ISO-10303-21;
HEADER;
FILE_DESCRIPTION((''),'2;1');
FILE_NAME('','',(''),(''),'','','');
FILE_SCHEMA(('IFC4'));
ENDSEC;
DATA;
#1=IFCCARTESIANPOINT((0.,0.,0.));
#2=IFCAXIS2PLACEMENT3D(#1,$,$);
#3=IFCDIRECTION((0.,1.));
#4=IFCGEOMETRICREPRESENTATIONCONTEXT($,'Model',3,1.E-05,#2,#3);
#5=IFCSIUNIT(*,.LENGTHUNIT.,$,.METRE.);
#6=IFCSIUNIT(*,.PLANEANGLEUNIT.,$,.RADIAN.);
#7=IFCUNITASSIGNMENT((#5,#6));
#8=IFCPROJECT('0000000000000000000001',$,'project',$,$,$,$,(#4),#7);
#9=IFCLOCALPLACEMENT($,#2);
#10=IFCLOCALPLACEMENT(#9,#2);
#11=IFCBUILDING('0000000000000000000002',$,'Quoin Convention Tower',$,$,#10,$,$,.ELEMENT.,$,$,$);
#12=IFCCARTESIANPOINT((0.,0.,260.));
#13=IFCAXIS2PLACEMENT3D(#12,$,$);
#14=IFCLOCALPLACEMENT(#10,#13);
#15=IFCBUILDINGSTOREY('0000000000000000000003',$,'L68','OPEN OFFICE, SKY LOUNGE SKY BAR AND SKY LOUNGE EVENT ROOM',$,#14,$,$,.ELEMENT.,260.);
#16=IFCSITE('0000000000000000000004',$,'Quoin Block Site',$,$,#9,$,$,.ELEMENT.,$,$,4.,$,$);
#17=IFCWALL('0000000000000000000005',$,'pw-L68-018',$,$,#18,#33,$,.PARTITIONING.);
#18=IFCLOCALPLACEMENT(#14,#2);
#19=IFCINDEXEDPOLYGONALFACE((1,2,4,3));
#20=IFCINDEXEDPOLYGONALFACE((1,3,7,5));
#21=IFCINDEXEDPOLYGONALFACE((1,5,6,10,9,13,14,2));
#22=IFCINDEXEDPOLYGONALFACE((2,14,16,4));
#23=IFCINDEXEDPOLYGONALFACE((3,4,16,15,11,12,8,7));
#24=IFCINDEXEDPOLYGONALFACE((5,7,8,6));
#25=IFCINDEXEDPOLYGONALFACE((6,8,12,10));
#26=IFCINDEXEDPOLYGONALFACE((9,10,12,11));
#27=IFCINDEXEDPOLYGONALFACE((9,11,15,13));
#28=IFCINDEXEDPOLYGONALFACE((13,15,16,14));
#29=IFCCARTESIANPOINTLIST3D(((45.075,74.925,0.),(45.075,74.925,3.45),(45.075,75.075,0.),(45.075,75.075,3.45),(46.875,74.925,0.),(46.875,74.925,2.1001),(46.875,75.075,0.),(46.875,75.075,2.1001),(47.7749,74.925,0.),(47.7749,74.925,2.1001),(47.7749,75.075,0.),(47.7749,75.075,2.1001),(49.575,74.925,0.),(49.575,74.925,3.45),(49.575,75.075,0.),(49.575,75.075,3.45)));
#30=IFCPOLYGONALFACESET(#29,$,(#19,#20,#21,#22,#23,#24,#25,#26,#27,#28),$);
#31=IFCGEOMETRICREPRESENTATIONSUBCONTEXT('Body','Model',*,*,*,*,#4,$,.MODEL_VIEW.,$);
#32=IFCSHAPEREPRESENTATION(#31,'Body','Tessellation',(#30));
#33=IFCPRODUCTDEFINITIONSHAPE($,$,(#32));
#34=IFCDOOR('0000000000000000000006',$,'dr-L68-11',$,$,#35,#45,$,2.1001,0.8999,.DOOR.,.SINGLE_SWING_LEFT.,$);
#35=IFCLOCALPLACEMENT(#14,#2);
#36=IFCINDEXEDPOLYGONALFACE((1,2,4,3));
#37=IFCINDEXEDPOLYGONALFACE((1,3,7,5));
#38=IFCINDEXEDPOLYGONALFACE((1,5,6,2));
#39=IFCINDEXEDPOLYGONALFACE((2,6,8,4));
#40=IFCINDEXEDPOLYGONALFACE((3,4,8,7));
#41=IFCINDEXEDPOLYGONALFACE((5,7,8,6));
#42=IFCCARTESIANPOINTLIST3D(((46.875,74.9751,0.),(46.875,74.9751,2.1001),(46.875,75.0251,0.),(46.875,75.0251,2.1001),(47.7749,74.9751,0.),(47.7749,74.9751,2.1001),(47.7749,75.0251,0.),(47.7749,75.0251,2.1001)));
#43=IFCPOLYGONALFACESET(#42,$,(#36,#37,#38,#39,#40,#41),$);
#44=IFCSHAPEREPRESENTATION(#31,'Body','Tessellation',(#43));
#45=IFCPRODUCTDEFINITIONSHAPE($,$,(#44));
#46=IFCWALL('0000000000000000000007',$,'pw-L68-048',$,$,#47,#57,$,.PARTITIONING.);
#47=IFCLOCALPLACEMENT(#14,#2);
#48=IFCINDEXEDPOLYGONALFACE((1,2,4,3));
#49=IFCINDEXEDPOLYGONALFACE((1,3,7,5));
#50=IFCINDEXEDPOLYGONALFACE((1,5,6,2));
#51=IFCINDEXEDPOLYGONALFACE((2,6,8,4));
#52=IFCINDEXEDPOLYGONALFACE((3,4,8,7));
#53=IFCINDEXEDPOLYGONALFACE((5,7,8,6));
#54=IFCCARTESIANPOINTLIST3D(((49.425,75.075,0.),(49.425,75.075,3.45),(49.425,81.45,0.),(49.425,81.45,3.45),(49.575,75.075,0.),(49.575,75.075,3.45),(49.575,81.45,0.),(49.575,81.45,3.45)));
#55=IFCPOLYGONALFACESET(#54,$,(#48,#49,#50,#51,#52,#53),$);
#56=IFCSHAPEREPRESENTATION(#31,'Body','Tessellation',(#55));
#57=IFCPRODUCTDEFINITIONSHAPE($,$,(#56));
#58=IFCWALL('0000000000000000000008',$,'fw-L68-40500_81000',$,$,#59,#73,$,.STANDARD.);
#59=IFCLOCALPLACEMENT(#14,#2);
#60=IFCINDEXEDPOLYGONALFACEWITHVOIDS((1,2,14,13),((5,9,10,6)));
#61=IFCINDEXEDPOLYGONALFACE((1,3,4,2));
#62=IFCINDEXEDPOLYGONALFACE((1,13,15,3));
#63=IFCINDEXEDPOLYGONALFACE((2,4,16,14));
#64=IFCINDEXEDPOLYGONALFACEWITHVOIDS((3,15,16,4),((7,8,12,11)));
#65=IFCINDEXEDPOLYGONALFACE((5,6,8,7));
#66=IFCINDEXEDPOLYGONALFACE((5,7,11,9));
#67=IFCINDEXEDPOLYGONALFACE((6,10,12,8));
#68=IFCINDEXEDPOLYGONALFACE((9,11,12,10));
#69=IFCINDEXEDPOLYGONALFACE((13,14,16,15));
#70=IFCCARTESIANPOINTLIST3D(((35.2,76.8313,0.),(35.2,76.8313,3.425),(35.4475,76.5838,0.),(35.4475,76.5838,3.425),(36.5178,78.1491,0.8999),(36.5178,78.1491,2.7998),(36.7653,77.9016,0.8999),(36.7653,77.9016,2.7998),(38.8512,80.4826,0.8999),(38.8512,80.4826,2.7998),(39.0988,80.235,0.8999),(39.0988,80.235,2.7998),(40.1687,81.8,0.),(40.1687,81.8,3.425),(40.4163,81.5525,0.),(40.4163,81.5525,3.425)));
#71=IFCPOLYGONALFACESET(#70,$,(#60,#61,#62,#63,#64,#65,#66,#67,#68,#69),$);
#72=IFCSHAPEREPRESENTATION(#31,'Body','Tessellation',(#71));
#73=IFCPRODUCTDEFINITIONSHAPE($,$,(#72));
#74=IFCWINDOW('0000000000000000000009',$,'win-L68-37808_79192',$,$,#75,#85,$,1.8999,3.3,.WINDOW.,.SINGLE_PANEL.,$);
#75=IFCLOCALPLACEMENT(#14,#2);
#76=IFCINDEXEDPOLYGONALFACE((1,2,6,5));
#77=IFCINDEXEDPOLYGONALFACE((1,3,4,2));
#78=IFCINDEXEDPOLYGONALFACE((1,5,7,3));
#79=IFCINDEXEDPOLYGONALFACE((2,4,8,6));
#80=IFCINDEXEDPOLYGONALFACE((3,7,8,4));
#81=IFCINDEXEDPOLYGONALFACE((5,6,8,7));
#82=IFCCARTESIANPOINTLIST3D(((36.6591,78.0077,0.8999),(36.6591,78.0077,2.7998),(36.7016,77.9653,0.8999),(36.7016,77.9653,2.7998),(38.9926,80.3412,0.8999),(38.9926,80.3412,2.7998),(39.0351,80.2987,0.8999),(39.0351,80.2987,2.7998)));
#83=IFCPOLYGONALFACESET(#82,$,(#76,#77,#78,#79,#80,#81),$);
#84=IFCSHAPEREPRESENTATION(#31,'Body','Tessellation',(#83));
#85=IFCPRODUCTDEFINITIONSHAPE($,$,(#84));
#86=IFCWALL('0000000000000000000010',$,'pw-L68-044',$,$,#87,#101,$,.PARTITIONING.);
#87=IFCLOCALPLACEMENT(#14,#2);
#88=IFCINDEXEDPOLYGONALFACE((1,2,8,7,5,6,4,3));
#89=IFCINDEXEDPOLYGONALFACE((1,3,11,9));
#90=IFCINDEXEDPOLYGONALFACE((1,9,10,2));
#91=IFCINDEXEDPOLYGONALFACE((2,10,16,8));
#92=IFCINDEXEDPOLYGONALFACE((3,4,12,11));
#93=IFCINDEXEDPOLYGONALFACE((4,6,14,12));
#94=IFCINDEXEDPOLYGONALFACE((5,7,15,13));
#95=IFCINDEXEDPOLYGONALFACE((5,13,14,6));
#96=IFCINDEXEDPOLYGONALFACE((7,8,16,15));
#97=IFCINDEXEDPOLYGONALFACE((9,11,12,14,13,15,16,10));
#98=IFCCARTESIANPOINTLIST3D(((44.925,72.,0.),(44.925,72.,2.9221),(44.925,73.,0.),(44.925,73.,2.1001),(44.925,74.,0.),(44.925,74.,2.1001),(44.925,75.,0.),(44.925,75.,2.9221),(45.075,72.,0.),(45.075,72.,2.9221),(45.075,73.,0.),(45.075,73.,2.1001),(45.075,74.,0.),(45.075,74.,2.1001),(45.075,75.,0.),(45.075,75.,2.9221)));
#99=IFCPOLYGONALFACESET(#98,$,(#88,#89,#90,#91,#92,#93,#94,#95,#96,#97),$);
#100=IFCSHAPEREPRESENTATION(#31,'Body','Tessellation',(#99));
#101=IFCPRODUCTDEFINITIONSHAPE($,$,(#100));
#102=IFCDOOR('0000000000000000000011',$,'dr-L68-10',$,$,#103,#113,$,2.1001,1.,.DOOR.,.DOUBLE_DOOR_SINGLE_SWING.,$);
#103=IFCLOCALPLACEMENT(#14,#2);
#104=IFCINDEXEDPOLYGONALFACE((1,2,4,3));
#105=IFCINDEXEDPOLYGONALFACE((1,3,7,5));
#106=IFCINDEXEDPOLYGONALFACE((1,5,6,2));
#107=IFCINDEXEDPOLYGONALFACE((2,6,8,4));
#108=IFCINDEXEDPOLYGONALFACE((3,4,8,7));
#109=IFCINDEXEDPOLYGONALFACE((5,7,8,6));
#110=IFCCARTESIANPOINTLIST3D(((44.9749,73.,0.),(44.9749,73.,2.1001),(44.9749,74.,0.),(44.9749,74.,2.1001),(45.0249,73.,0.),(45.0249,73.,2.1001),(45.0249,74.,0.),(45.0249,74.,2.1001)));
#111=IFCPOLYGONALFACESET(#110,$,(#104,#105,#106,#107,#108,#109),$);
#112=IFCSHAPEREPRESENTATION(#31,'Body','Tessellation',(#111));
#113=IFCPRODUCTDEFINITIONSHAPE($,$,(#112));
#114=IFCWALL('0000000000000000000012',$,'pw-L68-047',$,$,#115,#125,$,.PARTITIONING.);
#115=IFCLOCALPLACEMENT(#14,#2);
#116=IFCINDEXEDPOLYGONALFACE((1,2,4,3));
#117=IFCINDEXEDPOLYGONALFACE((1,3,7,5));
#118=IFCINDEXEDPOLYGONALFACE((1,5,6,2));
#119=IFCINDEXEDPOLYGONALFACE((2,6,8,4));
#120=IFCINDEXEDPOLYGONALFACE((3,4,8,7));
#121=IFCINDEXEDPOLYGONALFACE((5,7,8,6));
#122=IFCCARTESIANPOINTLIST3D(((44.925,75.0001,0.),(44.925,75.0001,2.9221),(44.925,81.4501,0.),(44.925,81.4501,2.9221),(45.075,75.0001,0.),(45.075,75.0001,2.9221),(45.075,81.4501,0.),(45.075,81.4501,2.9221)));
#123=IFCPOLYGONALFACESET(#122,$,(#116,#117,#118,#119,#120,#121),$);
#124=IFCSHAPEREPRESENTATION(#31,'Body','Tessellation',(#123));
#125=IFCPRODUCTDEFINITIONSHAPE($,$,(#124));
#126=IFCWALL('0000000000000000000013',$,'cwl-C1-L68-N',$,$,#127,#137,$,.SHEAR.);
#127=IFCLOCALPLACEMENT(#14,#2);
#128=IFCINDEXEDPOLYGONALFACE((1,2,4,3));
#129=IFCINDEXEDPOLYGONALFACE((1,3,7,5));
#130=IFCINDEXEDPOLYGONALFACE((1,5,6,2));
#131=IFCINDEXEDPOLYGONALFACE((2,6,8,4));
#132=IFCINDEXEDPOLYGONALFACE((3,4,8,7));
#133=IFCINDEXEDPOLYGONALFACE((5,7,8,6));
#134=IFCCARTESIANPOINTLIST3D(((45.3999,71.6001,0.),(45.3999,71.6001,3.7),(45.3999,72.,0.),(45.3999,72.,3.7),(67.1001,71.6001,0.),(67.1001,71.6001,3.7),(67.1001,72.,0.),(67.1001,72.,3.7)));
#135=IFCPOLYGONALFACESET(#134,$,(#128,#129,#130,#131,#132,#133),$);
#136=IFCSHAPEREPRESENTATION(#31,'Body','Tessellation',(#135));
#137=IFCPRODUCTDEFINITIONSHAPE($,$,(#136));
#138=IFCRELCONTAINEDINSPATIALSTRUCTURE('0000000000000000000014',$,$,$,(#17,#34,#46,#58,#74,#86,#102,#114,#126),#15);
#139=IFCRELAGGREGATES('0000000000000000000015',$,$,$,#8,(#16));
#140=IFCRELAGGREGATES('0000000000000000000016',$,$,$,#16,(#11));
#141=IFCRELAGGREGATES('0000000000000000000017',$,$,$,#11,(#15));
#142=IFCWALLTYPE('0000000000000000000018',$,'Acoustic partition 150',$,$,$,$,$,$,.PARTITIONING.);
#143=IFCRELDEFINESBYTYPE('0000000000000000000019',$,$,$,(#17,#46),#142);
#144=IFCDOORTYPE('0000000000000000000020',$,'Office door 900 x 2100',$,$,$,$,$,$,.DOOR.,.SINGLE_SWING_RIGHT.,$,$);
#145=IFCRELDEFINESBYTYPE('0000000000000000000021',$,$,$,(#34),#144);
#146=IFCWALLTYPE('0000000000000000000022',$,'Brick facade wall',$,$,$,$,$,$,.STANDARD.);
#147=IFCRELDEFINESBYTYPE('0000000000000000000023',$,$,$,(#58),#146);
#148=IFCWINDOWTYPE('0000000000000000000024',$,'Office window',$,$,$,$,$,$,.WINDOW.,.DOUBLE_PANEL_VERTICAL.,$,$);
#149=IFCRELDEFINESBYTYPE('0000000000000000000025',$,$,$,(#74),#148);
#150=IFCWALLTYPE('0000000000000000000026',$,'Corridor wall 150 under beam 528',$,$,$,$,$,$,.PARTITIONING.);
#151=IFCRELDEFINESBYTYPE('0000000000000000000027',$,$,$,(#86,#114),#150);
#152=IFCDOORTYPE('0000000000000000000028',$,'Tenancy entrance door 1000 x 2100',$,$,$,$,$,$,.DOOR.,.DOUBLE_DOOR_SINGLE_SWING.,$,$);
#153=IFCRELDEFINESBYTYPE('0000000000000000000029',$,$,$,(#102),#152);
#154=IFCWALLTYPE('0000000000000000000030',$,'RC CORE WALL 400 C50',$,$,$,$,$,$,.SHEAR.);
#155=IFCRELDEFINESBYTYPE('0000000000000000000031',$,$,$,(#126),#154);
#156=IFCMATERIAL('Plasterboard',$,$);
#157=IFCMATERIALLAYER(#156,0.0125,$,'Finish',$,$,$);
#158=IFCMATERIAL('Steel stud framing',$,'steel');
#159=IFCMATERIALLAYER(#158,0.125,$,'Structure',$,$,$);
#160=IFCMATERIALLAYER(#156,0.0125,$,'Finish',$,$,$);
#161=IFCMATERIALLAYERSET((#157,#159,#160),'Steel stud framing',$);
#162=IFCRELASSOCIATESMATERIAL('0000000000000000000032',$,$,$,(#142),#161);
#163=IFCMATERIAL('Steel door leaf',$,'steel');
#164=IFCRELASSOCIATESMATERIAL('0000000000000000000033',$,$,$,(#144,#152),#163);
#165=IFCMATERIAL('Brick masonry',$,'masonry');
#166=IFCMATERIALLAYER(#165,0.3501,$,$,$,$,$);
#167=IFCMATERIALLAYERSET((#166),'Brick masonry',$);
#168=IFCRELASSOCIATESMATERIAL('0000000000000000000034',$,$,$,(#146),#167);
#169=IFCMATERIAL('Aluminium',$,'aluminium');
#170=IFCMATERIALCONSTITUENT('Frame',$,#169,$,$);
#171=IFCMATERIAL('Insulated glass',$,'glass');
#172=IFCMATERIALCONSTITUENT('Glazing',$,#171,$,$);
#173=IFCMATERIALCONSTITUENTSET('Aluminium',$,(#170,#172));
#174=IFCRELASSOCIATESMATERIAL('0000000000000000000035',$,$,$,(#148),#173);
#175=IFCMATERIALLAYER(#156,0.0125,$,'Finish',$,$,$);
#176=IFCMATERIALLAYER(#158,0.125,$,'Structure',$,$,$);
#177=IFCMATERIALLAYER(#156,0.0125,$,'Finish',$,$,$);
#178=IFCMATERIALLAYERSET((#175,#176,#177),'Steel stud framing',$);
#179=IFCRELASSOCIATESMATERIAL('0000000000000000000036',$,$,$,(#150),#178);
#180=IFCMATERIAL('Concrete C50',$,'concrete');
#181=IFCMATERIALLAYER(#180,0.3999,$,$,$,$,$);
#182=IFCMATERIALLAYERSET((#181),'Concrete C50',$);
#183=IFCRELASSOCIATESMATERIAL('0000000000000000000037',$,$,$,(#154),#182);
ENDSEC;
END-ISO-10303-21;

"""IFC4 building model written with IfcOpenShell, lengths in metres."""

from ifc_helpers import new_model, si_unit, direction, frame, frame_2d, origin, place, context, subcontext, project, spatial, rectangle, extrude, material, layer, layer_set, constituent, constituent_set, type_object, element, fill, save


model = new_model("IFC4")

# Units and contexts
model_context = context("Model", 3, precision=1e-05, world=origin(), true_north=direction((0.0, 1.0)))
body_context = subcontext(model_context, "Body", "Model", "MODEL_VIEW")
ifc_project = project(units=[si_unit("LENGTHUNIT", "METRE"), si_unit("PLANEANGLEUNIT", "RADIAN")], contexts=[model_context])

# Site, building, storey
site_placement = place(None, origin())
site = spatial("IfcSite", under=ifc_project, at=site_placement, Name="Quoin Block Site", CompositionType="ELEMENT", RefElevation=4.0)
building_placement = place(site_placement, origin())
building = spatial("IfcBuilding", under=site, at=building_placement, Name="Quoin Convention Tower", CompositionType="ELEMENT")
storey_placement = place(building_placement, frame((0.0, 0.0, 260.0)))
storey = spatial("IfcBuildingStorey", under=building, at=storey_placement, Name="L68", Description="OPEN OFFICE, SKY LOUNGE SKY BAR AND SKY LOUNGE EVENT ROOM", CompositionType="ELEMENT", Elevation=260.0)

# Shared definitions
ifc_material_1 = material(Name="Concrete C50", Category="concrete")

# Wall, opening, door
ifc_material_2 = material(Name="Plasterboard")
ifc_layer_1 = layer(ifc_material_2, 0.0125, Name="Finish")
ifc_material_3 = material(Name="Steel stud framing", Category="steel")
ifc_layer_2 = layer(ifc_material_3, 0.125, Name="Structure")
ifc_layer_3 = layer(ifc_material_2, 0.0125, Name="Finish")
ifc_layer_set_1 = layer_set([ifc_layer_1, ifc_layer_2, ifc_layer_3], Name="Steel stud framing")
wall_type_1 = type_object("IfcWallType", Name="Acoustic partition 150", PredefinedType="PARTITIONING", material=ifc_layer_set_1)
wall_1_placement = place(storey_placement, frame((45.075, 75.0, 0.0), z_axis=(0.0, 0.0, 1.0), x_axis=(1.0, 0.0, 0.0)))
wall_1 = element("IfcWall", 1, at=wall_1_placement, inside=storey, type_object=wall_type_1, Name="pw-L68-018", PredefinedType="PARTITIONING", context=body_context, shape_type="SweptSolid", body=[
    extrude(rectangle(XDim=4.5, YDim=0.1499, at=frame_2d((2.25, 0.0))), origin(), (0.0, 0.0, 1.0), 3.45),
])
opening_1_placement = place(wall_1_placement, frame((1.8, 0.0, 0.0)))
opening_1 = element("IfcOpeningElement", 2, at=opening_1_placement, cuts=wall_1, PredefinedType="OPENING", context=body_context, shape_type="SweptSolid", body=[
    extrude(rectangle(XDim=0.8999, YDim=2.1001, at=frame_2d((0.45, 1.05))), frame((0.0, 0.085, 0.0), z_axis=(0.0, -1.0, 0.0), x_axis=(1.0, 0.0, 0.0)), (0.0, 0.0, 1.0), 0.1699),
])
ifc_material_4 = material(Name="Steel door leaf", Category="steel")
door_type_1 = type_object("IfcDoorType", Name="Office door 900 x 2100", OperationType="SINGLE_SWING_RIGHT", PredefinedType="DOOR", material=ifc_material_4)
door_1_placement = place(opening_1_placement, frame((0.8999, 0.0, 0.0), z_axis=(0.0, 0.0, 1.0), x_axis=(-1.0, 0.0, 0.0)))
door_1 = element("IfcDoor", 3, at=door_1_placement, inside=storey, type_object=door_type_1, Name="dr-L68-11", OperationType="SINGLE_SWING_LEFT", OverallHeight=2.1001, OverallWidth=0.8999, PredefinedType="DOOR", context=body_context, shape_type="SweptSolid", body=[
    extrude(rectangle(XDim=0.8999, YDim=2.1001, at=frame_2d((0.45, 1.05))), frame((0.0, 0.0249, 0.0), z_axis=(0.0, -1.0, 0.0), x_axis=(1.0, 0.0, 0.0)), (0.0, 0.0, 1.0), 0.05),
])
fill(opening_1, door_1)

# Wall
wall_2_placement = place(storey_placement, frame((49.5, 75.075, 0.0), z_axis=(0.0, 0.0, 1.0), x_axis=(0.0, 1.0, 0.0)))
element("IfcWall", 4, at=wall_2_placement, inside=storey, type_object=wall_type_1, Name="pw-L68-048", PredefinedType="PARTITIONING", context=body_context, shape_type="SweptSolid", body=[
    extrude(rectangle(XDim=6.375, YDim=0.1499, at=frame_2d((3.1875, 0.0))), origin(), (0.0, 0.0, 1.0), 3.45),
])

# Wall, opening, window
ifc_material_5 = material(Name="Brick masonry", Category="masonry")
ifc_layer_4 = layer(ifc_material_5, 0.3501)
ifc_layer_set_2 = layer_set([ifc_layer_4], Name="Brick masonry")
wall_type_2 = type_object("IfcWallType", Name="Brick facade wall", PredefinedType="STANDARD", material=ifc_layer_set_2)
wall_3_placement = place(storey_placement, frame((40.2925, 81.6763, 0.0), z_axis=(0.0, 0.0, 1.0), x_axis=(-0.707107, -0.707107, 0.0)))
wall_3 = element("IfcWall", 5, at=wall_3_placement, inside=storey, type_object=wall_type_2, Name="fw-L68-40500_81000", PredefinedType="STANDARD", context=body_context, shape_type="SweptSolid", body=[
    extrude(rectangle(XDim=7.0269, YDim=0.3501, at=frame_2d((3.5134, 0.0))), origin(), (0.0, 0.0, 1.0), 3.425),
])
opening_2_placement = place(wall_3_placement, frame((1.8633, 0.0, 0.8999)))
opening_2 = element("IfcOpeningElement", 6, at=opening_2_placement, cuts=wall_3, PredefinedType="OPENING", context=body_context, shape_type="SweptSolid", body=[
    extrude(rectangle(XDim=3.3, YDim=1.8999, at=frame_2d((1.6499, 0.95))), frame((0.0, 0.1851, 0.0), z_axis=(0.0, -1.0, 0.0), x_axis=(1.0, 0.0, 0.0)), (0.0, 0.0, 1.0), 0.3701),
])
ifc_material_6 = material(Name="Aluminium", Category="aluminium")
ifc_constituent_1 = constituent(ifc_material_6, Name="Frame")
ifc_material_7 = material(Name="Insulated glass", Category="glass")
ifc_constituent_2 = constituent(ifc_material_7, Name="Glazing")
ifc_constituent_set = constituent_set(constituents=[ifc_constituent_1, ifc_constituent_2], Name="Aluminium")
window_type = type_object("IfcWindowType", Name="Office window", PartitioningType="DOUBLE_PANEL_VERTICAL", PredefinedType="WINDOW", material=ifc_constituent_set)
window_placement = place(opening_2_placement, origin())
window = element("IfcWindow", 7, at=window_placement, inside=storey, type_object=window_type, Name="win-L68-37808_79192", OverallHeight=1.8999, OverallWidth=3.3, PartitioningType="SINGLE_PANEL", PredefinedType="WINDOW", context=body_context, shape_type="SweptSolid", body=[
    extrude(rectangle(XDim=3.3, YDim=1.8999, at=frame_2d((1.6499, 0.95))), frame((0.0, 0.085, 0.0), z_axis=(0.0, -1.0, 0.0), x_axis=(1.0, 0.0, 0.0)), (0.0, 0.0, 1.0), 0.0601),
])
fill(opening_2, window)

# Wall, opening, door
ifc_layer_5 = layer(ifc_material_2, 0.0125, Name="Finish")
ifc_layer_6 = layer(ifc_material_3, 0.125, Name="Structure")
ifc_layer_7 = layer(ifc_material_2, 0.0125, Name="Finish")
ifc_layer_set_3 = layer_set([ifc_layer_5, ifc_layer_6, ifc_layer_7], Name="Steel stud framing")
wall_type_3 = type_object("IfcWallType", Name="Corridor wall 150 under beam 528", PredefinedType="PARTITIONING", material=ifc_layer_set_3)
wall_4_placement = place(storey_placement, frame((45.0, 72.0, 0.0), z_axis=(0.0, 0.0, 1.0), x_axis=(0.0, 1.0, 0.0)))
wall_4 = element("IfcWall", 8, at=wall_4_placement, inside=storey, type_object=wall_type_3, Name="pw-L68-044", PredefinedType="PARTITIONING", context=body_context, shape_type="SweptSolid", body=[
    extrude(rectangle(XDim=3.0, YDim=0.1499, at=frame_2d((1.5, 0.0))), origin(), (0.0, 0.0, 1.0), 2.9221),
])
opening_3_placement = place(wall_4_placement, frame((1.0, 0.0, 0.0)))
opening_3 = element("IfcOpeningElement", 9, at=opening_3_placement, cuts=wall_4, PredefinedType="OPENING", context=body_context, shape_type="SweptSolid", body=[
    extrude(rectangle(XDim=1.0, YDim=2.1001, at=frame_2d((0.5, 1.05))), frame((0.0, 0.085, 0.0), z_axis=(0.0, -1.0, 0.0), x_axis=(1.0, 0.0, 0.0)), (0.0, 0.0, 1.0), 0.1699),
])
door_type_2 = type_object("IfcDoorType", Name="Tenancy entrance door 1000 x 2100", OperationType="DOUBLE_DOOR_SINGLE_SWING", PredefinedType="DOOR", material=ifc_material_4)
door_2_placement = place(opening_3_placement, frame((1.0, 0.0, 0.0), z_axis=(0.0, 0.0, 1.0), x_axis=(-1.0, 0.0, 0.0)))
door_2 = element("IfcDoor", 10, at=door_2_placement, inside=storey, type_object=door_type_2, Name="dr-L68-10", OperationType="DOUBLE_DOOR_SINGLE_SWING", OverallHeight=2.1001, OverallWidth=1.0, PredefinedType="DOOR", context=body_context, shape_type="SweptSolid", body=[
    extrude(rectangle(XDim=1.0, YDim=2.1001, at=frame_2d((0.5, 1.05))), frame((0.0, 0.0249, 0.0), z_axis=(0.0, -1.0, 0.0), x_axis=(1.0, 0.0, 0.0)), (0.0, 0.0, 1.0), 0.05),
])
fill(opening_3, door_2)

# Walls
wall_5_placement = place(storey_placement, frame((45.0, 75.0, 0.0), z_axis=(0.0, 0.0, 1.0), x_axis=(0.0, 1.0, 0.0)))
element("IfcWall", 11, at=wall_5_placement, inside=storey, type_object=wall_type_3, Name="pw-L68-047", PredefinedType="PARTITIONING", context=body_context, shape_type="SweptSolid", body=[
    extrude(rectangle(XDim=6.45, YDim=0.1499, at=frame_2d((3.2251, 0.0))), origin(), (0.0, 0.0, 1.0), 2.9221),
])
ifc_layer_8 = layer(ifc_material_1, 0.3999)
ifc_layer_set_4 = layer_set([ifc_layer_8], Name="Concrete C50")
wall_type_4 = type_object("IfcWallType", Name="RC CORE WALL 400 C50", PredefinedType="SHEAR", material=ifc_layer_set_4)
wall_6_placement = place(storey_placement, frame((45.3999, 71.8, 0.0), z_axis=(0.0, 0.0, 1.0), x_axis=(1.0, 0.0, 0.0)))
element("IfcWall", 12, at=wall_6_placement, inside=storey, type_object=wall_type_4, Name="cwl-C1-L68-N", PredefinedType="SHEAR", context=body_context, shape_type="SweptSolid", body=[
    extrude(rectangle(XDim=21.7002, YDim=0.3999, at=frame_2d((10.8501, 0.0))), origin(), (0.0, 0.0, 1.0), 3.7),
])

save(model, "model.ifc")
